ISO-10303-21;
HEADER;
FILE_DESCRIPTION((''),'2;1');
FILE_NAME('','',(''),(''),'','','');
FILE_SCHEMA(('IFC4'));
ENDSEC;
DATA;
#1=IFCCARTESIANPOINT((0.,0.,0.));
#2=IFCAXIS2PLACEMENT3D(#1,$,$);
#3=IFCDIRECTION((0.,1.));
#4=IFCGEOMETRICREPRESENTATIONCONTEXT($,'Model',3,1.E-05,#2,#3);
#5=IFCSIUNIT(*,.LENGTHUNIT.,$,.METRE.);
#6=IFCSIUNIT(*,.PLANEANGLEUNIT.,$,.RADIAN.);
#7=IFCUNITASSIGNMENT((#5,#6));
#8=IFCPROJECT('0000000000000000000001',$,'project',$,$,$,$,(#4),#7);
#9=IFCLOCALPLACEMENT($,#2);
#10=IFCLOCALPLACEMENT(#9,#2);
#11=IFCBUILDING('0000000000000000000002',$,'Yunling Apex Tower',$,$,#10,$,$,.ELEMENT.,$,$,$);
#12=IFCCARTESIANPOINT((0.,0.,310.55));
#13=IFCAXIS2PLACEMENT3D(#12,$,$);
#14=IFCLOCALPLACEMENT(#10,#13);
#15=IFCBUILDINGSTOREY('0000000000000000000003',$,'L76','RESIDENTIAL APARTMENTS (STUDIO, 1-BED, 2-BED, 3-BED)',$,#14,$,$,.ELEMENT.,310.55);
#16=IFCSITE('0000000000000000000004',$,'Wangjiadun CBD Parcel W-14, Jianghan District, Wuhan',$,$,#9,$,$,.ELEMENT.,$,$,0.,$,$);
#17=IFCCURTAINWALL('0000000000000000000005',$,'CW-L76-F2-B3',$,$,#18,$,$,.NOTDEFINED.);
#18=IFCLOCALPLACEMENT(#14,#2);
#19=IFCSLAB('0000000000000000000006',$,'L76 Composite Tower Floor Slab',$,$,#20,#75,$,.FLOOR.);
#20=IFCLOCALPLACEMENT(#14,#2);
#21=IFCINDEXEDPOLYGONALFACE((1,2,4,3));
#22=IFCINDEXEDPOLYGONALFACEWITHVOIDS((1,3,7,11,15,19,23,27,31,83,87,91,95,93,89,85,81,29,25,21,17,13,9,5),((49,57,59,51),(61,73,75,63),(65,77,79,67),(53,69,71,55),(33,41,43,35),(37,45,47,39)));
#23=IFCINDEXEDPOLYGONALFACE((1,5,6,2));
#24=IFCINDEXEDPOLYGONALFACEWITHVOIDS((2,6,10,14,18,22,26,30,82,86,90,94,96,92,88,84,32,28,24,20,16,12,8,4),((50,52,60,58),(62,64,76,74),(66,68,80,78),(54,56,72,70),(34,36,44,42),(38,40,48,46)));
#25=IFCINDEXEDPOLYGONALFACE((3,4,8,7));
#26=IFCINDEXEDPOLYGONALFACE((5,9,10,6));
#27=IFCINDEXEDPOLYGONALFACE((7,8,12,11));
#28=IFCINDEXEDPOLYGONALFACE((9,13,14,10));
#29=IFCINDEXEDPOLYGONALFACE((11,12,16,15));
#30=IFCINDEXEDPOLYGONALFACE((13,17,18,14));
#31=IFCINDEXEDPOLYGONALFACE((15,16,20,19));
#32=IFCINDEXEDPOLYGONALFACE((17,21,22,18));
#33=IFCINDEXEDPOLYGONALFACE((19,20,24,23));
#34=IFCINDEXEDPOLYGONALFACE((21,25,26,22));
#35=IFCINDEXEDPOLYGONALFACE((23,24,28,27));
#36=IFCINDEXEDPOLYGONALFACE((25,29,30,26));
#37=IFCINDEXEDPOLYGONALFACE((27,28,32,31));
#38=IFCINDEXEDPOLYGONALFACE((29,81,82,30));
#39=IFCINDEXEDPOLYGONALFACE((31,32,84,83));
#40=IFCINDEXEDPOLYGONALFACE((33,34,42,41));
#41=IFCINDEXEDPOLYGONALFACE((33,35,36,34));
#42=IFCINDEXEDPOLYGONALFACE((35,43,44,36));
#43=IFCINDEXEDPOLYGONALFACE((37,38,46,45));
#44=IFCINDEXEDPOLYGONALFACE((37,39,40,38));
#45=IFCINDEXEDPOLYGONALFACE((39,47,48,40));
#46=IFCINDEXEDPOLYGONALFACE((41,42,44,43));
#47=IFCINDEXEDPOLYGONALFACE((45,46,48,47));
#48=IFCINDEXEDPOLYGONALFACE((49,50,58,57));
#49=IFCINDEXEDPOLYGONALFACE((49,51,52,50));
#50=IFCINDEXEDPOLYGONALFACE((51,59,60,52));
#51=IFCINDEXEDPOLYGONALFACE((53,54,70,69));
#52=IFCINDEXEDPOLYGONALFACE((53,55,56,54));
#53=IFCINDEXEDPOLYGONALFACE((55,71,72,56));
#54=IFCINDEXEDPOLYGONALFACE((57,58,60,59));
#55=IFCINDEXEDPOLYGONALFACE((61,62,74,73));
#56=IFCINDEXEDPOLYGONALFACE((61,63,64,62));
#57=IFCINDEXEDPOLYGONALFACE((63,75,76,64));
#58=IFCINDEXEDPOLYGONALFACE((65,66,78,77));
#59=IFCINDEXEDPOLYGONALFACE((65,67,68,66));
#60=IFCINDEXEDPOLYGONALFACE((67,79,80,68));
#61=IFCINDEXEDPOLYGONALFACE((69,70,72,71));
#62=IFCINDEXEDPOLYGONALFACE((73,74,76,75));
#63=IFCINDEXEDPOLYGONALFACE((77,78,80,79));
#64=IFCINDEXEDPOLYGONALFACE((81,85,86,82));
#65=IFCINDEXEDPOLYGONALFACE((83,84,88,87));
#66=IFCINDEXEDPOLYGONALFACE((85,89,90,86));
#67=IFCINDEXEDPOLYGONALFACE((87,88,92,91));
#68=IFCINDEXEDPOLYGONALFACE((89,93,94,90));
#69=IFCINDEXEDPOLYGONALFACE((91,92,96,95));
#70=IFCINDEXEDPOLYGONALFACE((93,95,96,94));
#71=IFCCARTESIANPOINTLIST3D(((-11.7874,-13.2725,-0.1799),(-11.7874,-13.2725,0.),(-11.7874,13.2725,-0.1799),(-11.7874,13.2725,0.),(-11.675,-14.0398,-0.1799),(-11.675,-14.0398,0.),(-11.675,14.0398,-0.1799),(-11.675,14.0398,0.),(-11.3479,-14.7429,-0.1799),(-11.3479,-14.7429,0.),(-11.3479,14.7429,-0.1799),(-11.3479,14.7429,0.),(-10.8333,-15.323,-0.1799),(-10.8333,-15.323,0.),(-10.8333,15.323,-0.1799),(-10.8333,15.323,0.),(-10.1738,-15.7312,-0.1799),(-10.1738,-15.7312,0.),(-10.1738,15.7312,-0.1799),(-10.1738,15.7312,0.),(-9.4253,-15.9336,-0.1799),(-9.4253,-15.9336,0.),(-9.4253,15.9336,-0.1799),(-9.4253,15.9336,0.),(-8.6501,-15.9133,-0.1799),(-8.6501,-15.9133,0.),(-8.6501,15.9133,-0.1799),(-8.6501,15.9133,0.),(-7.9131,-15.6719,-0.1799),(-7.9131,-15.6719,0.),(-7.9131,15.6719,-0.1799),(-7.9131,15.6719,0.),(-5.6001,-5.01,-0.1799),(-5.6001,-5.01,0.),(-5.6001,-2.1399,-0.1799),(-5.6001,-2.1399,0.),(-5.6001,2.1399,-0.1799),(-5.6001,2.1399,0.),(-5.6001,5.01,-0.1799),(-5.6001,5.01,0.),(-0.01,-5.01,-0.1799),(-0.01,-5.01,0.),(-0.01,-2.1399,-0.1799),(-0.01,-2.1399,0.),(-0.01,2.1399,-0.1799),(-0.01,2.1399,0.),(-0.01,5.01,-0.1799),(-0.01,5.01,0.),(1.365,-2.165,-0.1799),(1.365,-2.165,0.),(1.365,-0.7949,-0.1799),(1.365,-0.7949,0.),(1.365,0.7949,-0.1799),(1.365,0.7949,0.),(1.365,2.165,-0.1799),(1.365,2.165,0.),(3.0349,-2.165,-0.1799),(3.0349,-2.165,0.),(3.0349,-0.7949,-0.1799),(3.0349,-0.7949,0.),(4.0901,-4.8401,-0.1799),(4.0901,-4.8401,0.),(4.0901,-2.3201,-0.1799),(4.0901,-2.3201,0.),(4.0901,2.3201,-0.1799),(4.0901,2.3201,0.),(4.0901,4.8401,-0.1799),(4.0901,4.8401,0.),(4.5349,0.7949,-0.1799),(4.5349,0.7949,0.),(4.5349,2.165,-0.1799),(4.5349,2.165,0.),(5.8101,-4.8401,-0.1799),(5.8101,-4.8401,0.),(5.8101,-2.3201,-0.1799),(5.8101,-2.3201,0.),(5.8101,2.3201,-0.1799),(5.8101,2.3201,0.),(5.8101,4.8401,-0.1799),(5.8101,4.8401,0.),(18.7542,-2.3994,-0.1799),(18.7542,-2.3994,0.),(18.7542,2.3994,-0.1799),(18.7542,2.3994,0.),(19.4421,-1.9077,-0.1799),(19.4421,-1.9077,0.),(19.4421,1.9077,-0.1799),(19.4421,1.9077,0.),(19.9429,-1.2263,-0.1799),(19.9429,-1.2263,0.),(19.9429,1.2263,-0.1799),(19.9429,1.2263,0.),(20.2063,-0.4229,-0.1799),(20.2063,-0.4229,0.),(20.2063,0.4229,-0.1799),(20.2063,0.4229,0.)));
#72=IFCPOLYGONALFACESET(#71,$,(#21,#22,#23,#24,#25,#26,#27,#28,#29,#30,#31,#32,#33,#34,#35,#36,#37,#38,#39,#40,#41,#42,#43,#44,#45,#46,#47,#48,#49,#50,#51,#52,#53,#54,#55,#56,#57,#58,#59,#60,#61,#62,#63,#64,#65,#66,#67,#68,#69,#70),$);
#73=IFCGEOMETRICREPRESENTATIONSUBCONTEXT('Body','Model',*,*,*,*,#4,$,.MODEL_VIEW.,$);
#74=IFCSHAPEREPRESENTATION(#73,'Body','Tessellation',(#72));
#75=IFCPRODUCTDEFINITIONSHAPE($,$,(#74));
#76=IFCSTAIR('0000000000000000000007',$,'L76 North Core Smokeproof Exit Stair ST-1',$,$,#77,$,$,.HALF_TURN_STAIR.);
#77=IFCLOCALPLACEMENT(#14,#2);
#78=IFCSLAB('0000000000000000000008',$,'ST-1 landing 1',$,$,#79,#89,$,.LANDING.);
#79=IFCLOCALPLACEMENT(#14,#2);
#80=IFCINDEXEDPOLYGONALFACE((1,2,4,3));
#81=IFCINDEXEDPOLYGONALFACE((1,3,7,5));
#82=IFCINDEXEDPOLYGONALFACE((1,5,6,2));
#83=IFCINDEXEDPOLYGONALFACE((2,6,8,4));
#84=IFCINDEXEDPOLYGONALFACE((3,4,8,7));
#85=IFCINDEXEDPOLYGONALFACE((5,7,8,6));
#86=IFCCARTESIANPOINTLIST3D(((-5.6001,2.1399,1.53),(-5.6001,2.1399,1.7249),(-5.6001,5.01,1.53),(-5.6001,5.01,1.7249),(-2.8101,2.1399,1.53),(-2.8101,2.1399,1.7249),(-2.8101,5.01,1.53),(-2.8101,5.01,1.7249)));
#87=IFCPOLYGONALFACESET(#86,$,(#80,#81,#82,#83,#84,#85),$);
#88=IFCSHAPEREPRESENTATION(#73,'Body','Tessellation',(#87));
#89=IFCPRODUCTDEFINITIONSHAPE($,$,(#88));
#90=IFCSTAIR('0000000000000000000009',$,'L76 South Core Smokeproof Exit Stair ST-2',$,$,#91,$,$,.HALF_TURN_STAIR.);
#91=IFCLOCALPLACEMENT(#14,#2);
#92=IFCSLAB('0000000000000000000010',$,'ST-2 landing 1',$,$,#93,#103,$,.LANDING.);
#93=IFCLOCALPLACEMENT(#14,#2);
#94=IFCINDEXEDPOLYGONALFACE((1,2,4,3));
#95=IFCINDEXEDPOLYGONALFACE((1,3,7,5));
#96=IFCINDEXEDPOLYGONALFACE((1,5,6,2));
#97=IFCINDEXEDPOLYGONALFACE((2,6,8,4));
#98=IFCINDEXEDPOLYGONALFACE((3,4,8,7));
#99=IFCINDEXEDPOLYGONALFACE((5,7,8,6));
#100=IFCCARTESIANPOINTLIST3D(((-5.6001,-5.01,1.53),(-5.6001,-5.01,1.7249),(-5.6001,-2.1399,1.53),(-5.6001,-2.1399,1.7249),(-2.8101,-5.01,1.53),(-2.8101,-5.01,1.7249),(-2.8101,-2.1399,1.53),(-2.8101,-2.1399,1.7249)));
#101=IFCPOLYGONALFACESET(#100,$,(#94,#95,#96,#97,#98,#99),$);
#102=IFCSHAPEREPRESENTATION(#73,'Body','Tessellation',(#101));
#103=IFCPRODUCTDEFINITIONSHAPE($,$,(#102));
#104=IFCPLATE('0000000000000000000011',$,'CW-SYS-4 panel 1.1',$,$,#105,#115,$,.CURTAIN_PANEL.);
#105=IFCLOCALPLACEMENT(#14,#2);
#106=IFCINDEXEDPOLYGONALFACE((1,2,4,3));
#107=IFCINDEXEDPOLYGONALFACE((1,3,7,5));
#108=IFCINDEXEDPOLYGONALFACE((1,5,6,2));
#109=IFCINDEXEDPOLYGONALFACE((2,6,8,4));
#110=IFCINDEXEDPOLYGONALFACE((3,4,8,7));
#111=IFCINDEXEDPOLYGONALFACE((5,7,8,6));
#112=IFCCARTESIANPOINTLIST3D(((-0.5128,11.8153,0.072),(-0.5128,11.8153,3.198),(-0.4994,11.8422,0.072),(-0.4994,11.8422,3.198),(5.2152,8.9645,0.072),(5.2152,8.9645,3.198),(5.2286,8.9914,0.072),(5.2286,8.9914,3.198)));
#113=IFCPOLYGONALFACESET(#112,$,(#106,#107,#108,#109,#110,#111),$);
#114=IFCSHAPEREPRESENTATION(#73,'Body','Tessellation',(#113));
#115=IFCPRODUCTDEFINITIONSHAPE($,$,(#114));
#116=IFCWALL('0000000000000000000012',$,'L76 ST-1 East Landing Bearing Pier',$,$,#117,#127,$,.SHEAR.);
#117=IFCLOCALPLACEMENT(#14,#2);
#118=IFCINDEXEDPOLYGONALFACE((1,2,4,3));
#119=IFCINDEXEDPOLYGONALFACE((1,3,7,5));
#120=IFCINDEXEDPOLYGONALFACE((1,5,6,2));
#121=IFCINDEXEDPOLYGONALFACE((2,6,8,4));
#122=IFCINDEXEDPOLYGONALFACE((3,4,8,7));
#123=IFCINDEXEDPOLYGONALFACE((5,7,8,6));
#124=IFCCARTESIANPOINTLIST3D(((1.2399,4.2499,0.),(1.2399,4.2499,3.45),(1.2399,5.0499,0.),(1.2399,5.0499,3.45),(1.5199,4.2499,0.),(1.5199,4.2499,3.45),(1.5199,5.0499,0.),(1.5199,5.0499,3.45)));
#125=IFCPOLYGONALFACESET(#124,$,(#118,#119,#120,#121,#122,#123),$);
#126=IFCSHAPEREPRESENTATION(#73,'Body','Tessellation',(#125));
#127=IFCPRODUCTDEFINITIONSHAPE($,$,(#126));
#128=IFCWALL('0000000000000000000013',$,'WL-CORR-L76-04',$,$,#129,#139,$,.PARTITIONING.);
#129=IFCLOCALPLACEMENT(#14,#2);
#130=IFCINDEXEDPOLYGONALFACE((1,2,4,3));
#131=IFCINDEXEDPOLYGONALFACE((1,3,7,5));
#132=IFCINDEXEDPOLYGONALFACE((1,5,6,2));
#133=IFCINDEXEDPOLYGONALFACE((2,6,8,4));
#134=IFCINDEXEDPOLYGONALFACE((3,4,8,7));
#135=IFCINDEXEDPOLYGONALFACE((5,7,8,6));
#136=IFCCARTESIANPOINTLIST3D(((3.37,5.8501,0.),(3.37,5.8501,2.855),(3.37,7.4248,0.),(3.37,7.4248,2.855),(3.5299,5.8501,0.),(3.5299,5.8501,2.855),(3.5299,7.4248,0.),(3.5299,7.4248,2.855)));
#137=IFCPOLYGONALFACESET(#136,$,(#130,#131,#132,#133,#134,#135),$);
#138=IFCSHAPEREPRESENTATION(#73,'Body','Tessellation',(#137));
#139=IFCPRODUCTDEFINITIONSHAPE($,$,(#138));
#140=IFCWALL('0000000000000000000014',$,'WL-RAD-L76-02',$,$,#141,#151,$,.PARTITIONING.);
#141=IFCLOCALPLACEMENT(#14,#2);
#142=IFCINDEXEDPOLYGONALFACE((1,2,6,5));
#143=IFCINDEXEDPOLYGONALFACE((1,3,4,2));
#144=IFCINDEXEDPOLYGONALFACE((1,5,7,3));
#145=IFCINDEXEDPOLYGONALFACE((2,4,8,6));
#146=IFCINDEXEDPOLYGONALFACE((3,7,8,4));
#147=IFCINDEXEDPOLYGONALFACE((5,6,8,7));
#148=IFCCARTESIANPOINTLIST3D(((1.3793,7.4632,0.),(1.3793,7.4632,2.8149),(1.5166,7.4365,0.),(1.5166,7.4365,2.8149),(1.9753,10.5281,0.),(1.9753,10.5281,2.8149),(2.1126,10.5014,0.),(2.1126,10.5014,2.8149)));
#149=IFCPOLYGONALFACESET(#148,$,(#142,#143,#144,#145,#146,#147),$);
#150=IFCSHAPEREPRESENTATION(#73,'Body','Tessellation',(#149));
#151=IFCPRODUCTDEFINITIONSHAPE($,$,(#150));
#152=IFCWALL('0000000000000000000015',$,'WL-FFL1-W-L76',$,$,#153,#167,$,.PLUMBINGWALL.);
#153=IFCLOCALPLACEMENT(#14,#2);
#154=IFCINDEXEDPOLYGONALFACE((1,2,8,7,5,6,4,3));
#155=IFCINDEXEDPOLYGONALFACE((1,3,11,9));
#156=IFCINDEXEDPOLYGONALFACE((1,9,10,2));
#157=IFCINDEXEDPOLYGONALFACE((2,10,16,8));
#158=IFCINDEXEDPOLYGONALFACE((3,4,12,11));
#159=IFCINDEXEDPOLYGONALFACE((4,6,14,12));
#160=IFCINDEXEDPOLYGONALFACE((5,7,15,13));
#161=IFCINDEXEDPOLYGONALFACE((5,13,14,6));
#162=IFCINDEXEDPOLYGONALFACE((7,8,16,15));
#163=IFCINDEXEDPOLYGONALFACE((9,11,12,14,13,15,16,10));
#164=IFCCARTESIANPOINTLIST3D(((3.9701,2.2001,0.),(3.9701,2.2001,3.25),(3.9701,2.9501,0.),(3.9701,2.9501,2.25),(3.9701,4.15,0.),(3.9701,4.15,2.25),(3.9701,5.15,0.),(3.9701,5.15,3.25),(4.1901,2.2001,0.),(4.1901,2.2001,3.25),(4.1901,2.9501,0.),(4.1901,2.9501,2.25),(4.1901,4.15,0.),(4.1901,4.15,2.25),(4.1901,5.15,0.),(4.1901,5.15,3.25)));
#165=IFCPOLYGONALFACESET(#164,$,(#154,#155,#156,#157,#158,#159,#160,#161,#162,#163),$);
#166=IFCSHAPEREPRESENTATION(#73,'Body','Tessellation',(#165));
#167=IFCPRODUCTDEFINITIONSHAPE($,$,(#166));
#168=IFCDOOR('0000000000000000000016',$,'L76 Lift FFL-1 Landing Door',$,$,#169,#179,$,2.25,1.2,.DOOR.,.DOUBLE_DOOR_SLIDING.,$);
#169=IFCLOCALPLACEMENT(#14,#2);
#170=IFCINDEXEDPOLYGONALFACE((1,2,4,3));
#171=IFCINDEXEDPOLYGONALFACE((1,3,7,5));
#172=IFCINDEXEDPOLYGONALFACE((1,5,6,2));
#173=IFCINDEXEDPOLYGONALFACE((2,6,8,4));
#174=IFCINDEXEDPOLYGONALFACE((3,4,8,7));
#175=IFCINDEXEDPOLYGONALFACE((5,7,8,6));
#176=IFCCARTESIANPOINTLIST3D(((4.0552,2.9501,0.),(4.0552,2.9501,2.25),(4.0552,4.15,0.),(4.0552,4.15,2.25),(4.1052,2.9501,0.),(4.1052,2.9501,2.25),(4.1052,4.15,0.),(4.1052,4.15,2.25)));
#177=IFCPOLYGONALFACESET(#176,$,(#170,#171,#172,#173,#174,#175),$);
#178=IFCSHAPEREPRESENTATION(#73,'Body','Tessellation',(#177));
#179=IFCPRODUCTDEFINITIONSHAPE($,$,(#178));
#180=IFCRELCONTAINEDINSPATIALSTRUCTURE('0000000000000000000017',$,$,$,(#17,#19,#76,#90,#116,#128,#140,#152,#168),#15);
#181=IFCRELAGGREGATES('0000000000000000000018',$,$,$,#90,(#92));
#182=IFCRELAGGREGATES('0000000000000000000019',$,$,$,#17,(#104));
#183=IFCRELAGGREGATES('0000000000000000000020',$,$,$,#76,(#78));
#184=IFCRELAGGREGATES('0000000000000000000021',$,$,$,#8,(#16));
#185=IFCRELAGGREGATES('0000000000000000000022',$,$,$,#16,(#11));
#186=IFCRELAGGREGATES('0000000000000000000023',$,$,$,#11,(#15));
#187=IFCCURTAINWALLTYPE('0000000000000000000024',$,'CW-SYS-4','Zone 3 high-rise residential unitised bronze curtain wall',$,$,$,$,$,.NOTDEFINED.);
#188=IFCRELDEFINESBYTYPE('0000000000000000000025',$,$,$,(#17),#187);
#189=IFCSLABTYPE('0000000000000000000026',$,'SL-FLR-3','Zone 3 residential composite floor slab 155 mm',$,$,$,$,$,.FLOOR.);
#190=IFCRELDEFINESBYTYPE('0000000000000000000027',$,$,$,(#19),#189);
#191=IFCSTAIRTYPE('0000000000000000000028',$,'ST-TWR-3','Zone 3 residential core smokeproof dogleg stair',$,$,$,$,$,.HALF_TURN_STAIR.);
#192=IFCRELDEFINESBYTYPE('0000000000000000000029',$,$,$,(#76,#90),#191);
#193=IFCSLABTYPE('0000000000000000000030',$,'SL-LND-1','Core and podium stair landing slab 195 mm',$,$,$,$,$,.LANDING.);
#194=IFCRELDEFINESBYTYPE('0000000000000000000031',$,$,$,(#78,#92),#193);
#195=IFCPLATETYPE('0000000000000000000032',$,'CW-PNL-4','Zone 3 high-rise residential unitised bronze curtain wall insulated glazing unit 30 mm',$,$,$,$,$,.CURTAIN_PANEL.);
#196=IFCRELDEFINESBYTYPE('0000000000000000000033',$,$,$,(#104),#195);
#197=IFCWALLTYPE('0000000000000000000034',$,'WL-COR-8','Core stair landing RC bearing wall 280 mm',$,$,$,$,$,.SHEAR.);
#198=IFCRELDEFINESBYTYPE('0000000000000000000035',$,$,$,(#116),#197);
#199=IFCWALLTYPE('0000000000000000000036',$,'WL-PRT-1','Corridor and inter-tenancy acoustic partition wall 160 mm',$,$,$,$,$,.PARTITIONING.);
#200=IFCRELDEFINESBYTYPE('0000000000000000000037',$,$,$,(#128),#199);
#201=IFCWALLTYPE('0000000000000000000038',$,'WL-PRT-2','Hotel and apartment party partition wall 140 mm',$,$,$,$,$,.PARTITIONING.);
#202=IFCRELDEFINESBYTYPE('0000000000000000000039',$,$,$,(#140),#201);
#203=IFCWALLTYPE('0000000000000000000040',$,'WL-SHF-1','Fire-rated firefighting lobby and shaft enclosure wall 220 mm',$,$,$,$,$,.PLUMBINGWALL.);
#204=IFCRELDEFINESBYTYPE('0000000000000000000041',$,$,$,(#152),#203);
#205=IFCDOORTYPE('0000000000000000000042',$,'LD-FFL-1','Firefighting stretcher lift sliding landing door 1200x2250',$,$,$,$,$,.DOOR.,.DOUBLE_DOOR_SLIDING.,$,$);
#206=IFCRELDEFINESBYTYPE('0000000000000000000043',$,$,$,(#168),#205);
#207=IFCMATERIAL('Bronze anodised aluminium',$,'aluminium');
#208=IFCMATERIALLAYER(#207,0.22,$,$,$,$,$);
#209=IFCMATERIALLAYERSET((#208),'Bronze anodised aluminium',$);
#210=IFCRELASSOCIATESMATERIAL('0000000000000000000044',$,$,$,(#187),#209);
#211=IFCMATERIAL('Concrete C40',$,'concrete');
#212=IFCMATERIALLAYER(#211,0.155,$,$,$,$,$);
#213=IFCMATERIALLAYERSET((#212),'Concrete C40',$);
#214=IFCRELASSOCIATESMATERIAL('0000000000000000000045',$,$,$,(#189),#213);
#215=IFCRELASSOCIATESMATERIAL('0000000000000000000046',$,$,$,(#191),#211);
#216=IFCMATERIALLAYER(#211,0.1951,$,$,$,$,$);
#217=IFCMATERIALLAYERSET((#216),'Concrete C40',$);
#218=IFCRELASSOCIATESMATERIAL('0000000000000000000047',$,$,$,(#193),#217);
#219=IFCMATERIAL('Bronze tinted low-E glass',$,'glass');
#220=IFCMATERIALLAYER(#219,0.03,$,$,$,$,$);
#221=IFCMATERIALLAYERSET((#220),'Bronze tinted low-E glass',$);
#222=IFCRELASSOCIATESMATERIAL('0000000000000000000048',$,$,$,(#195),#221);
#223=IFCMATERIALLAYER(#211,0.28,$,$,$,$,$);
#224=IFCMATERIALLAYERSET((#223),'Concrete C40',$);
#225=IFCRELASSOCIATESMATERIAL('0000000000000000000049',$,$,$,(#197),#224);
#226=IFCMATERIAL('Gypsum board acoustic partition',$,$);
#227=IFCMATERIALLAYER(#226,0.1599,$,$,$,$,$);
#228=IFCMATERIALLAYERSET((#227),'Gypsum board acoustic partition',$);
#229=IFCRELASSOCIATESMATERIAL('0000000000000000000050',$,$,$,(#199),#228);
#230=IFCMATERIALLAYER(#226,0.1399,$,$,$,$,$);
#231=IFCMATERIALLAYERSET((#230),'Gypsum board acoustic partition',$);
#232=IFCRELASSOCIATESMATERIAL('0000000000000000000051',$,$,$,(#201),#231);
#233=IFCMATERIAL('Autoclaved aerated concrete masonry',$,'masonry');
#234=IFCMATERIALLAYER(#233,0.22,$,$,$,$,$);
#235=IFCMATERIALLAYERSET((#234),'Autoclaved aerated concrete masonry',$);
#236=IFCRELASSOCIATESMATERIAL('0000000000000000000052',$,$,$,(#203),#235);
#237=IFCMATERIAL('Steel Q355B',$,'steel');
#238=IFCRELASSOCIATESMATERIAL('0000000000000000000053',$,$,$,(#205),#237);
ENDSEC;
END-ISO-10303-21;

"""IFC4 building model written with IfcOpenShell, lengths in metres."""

from ifc_helpers import new_model, si_unit, direction, frame, frame_2d, origin, origin_2d, place, context, subcontext, project, spatial, polyline, rectangle, outline, extrude, source, transform, mapped, material, layer, layer_set, type_object, element, fill, aggregate, save


model = new_model("IFC4")

# Units and contexts
model_context = context("Model", 3, precision=1e-05, world=origin(), true_north=direction((0.0, 1.0)))
body_context = subcontext(model_context, "Body", "Model", "MODEL_VIEW")
ifc_project = project(units=[si_unit("LENGTHUNIT", "METRE"), si_unit("PLANEANGLEUNIT", "RADIAN")], contexts=[model_context])

# Site, building, storey
site_placement = place(None, origin())
site = spatial("IfcSite", under=ifc_project, at=site_placement, Name="Wangjiadun CBD Parcel W-14, Jianghan District, Wuhan", CompositionType="ELEMENT", RefElevation=0.0)
building_placement = place(site_placement, origin())
building = spatial("IfcBuilding", under=site, at=building_placement, Name="Yunling Apex Tower", CompositionType="ELEMENT")
storey_placement = place(building_placement, frame((0.0, 0.0, 310.55)))
storey = spatial("IfcBuildingStorey", under=building, at=storey_placement, Name="L76", Description="RESIDENTIAL APARTMENTS (STUDIO, 1-BED, 2-BED, 3-BED)", CompositionType="ELEMENT", Elevation=310.55)

# Shared definitions
ifc_material_1 = material(Name="Steel Q355B", Category="steel")

# Shared definitions
ifc_material_2 = material(Name="Bronze anodised aluminium", Category="aluminium")
ifc_layer_1 = layer(ifc_material_2, 0.22)
ifc_layer_set_1 = layer_set([ifc_layer_1], Name="Bronze anodised aluminium")
curtain_wall_type = type_object("IfcCurtainWallType", Name="CW-SYS-4", Description="Zone 3 high-rise residential unitised bronze curtain wall", PredefinedType="NOTDEFINED", material=ifc_layer_set_1)

# Curtain wall
curtain_wall_1_placement = place(storey_placement, origin())
curtain_wall_1 = element("IfcCurtainWall", 1, at=curtain_wall_1_placement, inside=storey, type_object=curtain_wall_type, Name="CW-L76-F2-B3", PredefinedType="NOTDEFINED")

# Slab
ifc_material_3 = material(Name="Concrete C40", Category="concrete")
ifc_layer_2 = layer(ifc_material_3, 0.155)
ifc_layer_set_2 = layer_set([ifc_layer_2], Name="Concrete C40")
slab_type_1 = type_object("IfcSlabType", Name="SL-FLR-3", Description="Zone 3 residential composite floor slab 155 mm", PredefinedType="FLOOR", material=ifc_layer_set_2)
slab_1_placement = place(storey_placement, frame((0.0, 0.0, -0.1799)))
element("IfcSlab", 2, at=slab_1_placement, inside=storey, type_object=slab_type_1, Name="L76 Composite Tower Floor Slab", PredefinedType="FLOOR", context=body_context, shape_type="SweptSolid", body=[
    extrude(outline(polyline([(-11.7874, -13.2725), (-11.675, -14.0398), (-11.3479, -14.7429), (-10.8333, -15.323), (-10.1738, -15.7312), (-9.4253, -15.9336), (-8.6501, -15.9133), (-7.9131, -15.6719), (18.7542, -2.3994), (19.4421, -1.9077), (19.9429, -1.2263), (20.2063, -0.4229), (20.2063, 0.4229), (19.9429, 1.2263), (19.4421, 1.9077), (18.7542, 2.3994), (-7.9131, 15.6719), (-8.6501, 15.9133), (-9.4253, 15.9336), (-10.1738, 15.7312), (-10.8333, 15.323), (-11.3479, 14.7429), (-11.675, 14.0398), (-11.7874, 13.2725), (-11.7874, -13.2725)]), holes=[polyline([(4.0901, 4.8401), (5.8101, 4.8401), (5.8101, 2.3201), (4.0901, 2.3201), (4.0901, 4.8401)]), polyline([(4.0901, -4.8401), (4.0901, -2.3201), (5.8101, -2.3201), (5.8101, -4.8401), (4.0901, -4.8401)]), polyline([(4.5349, 0.7949), (1.365, 0.7949), (1.365, 2.165), (4.5349, 2.165), (4.5349, 0.7949)]), polyline([(1.365, -0.7949), (3.0349, -0.7949), (3.0349, -2.165), (1.365, -2.165), (1.365, -0.7949)]), polyline([(-0.01, -5.01), (-5.6001, -5.01), (-5.6001, -2.1399), (-0.01, -2.1399), (-0.01, -5.01)]), polyline([(-0.01, 2.1399), (-5.6001, 2.1399), (-5.6001, 5.01), (-0.01, 5.01), (-0.01, 2.1399)])]), origin(), (0.0, 0.0, 1.0), 0.1799),
])

# Stairs, slabs
stair_type = type_object("IfcStairType", Name="ST-TWR-3", Description="Zone 3 residential core smokeproof dogleg stair", PredefinedType="HALF_TURN_STAIR", material=ifc_material_3)
stair_1_placement = place(storey_placement, origin())
stair_1 = element("IfcStair", 3, at=stair_1_placement, inside=storey, type_object=stair_type, Name="L76 North Core Smokeproof Exit Stair ST-1", PredefinedType="HALF_TURN_STAIR")
ifc_layer_3 = layer(ifc_material_3, 0.1951)
ifc_layer_set_3 = layer_set([ifc_layer_3], Name="Concrete C40")
slab_type_2 = type_object("IfcSlabType", Name="SL-LND-1", Description="Core and podium stair landing slab 195 mm", PredefinedType="LANDING", material=ifc_layer_set_3)
slab_2_placement = place(storey_placement, frame((0.0, 0.0, 1.53)))
slab_2 = element("IfcSlab", 4, at=slab_2_placement, type_object=slab_type_2, Name="ST-1 landing 1", PredefinedType="LANDING", context=body_context, shape_type="SweptSolid", body=[
    extrude(outline(polyline([(-2.8101, 5.01), (-5.6001, 5.01), (-5.6001, 2.1399), (-2.8101, 2.1399), (-2.8101, 5.01)])), origin(), (0.0, 0.0, 1.0), 0.1948),
])
stair_2_placement = place(storey_placement, origin())
stair_2 = element("IfcStair", 5, at=stair_2_placement, inside=storey, type_object=stair_type, Name="L76 South Core Smokeproof Exit Stair ST-2", PredefinedType="HALF_TURN_STAIR")
slab_3_placement = place(storey_placement, frame((0.0, 0.0, 1.53)))
slab_3 = element("IfcSlab", 6, at=slab_3_placement, type_object=slab_type_2, Name="ST-2 landing 1", PredefinedType="LANDING", context=body_context, shape_type="SweptSolid", body=[
    extrude(outline(polyline([(-2.8101, -2.1399), (-5.6001, -2.1399), (-5.6001, -5.01), (-2.8101, -5.01), (-2.8101, -2.1399)])), origin(), (0.0, 0.0, 1.0), 0.1948),
])
aggregate(stair_2, [slab_3])

# Plate
ifc_material_4 = material(Name="Bronze tinted low-E glass", Category="glass")
ifc_layer_4 = layer(ifc_material_4, 0.03)
ifc_layer_set_4 = layer_set([ifc_layer_4], Name="Bronze tinted low-E glass")
plate_type = type_object("IfcPlateType", Name="CW-PNL-4", Description="Zone 3 high-rise residential unitised bronze curtain wall insulated glazing unit 30 mm", PredefinedType="CURTAIN_PANEL", material=ifc_layer_set_4)
shared_shape_1 = source(origin(), body_context, "Body", "SweptSolid", [
    extrude(rectangle(XDim=6.3982, YDim=0.03, at=origin_2d()), origin(), (0.0, 0.0, 1.0), 3.126),
])
plate_placement = place(storey_placement, frame((2.3579, 10.4033, 0.072), z_axis=(0.0, 0.0, 1.0), x_axis=(-0.895251, 0.445562, 0.0)))
plate = element("IfcPlate", 7, at=plate_placement, type_object=plate_type, Name="CW-SYS-4 panel 1.1", PredefinedType="CURTAIN_PANEL", context=body_context, shape_type="MappedRepresentation", body=[
    mapped(shared_shape_1, transform((0.0, 0.0, 0.0), scale=1.0)),
])
aggregate(curtain_wall_1, [plate])

# Walls
ifc_layer_5 = layer(ifc_material_3, 0.28)
ifc_layer_set_5 = layer_set([ifc_layer_5], Name="Concrete C40")
wall_type_1 = type_object("IfcWallType", Name="WL-COR-8", Description="Core stair landing RC bearing wall 280 mm", PredefinedType="SHEAR", material=ifc_layer_set_5)
wall_1_placement = place(storey_placement, frame((1.3799, 4.25, 0.0), z_axis=(0.0, 0.0, 1.0), x_axis=(0.0, 1.0, 0.0)))
element("IfcWall", 8, at=wall_1_placement, inside=storey, type_object=wall_type_1, Name="L76 ST-1 East Landing Bearing Pier", PredefinedType="SHEAR", context=body_context, shape_type="SweptSolid", body=[
    extrude(rectangle(XDim=0.8, YDim=0.28, at=frame_2d((0.3999, 0.0))), origin(), (0.0, 0.0, 1.0), 3.45),
])
ifc_material_5 = material(Name="Gypsum board acoustic partition")
ifc_layer_6 = layer(ifc_material_5, 0.1599)
ifc_layer_set_6 = layer_set([ifc_layer_6], Name="Gypsum board acoustic partition")
wall_type_2 = type_object("IfcWallType", Name="WL-PRT-1", Description="Corridor and inter-tenancy acoustic partition wall 160 mm", PredefinedType="PARTITIONING", material=ifc_layer_set_6)
wall_2_placement = place(storey_placement, frame((3.45, 7.4248, 0.0), z_axis=(0.0, 0.0, 1.0), x_axis=(0.0, -1.0, 0.0)))
element("IfcWall", 9, at=wall_2_placement, inside=storey, type_object=wall_type_2, Name="WL-CORR-L76-04", PredefinedType="PARTITIONING", context=body_context, shape_type="SweptSolid", body=[
    extrude(rectangle(XDim=1.5747, YDim=0.1599, at=frame_2d((0.7874, 0.0))), origin(), (0.0, 0.0, 1.0), 2.855),
])
ifc_layer_7 = layer(ifc_material_5, 0.1399)
ifc_layer_set_7 = layer_set([ifc_layer_7], Name="Gypsum board acoustic partition")
wall_type_3 = type_object("IfcWallType", Name="WL-PRT-2", Description="Hotel and apartment party partition wall 140 mm", PredefinedType="PARTITIONING", material=ifc_layer_set_7)
wall_3_placement = place(storey_placement, frame((1.448, 7.45, 0.0), z_axis=(0.0, 0.0, 1.0), x_axis=(0.190865, 0.981616, 0.0)))
element("IfcWall", 10, at=wall_3_placement, inside=storey, type_object=wall_type_3, Name="WL-RAD-L76-02", PredefinedType="PARTITIONING", context=body_context, shape_type="SweptSolid", body=[
    extrude(rectangle(XDim=3.1223, YDim=0.1399, at=frame_2d((1.561, 0.0))), origin(), (0.0, 0.0, 1.0), 2.8149),
])

# Wall, opening, door
ifc_material_6 = material(Name="Autoclaved aerated concrete masonry", Category="masonry")
ifc_layer_8 = layer(ifc_material_6, 0.22)
ifc_layer_set_8 = layer_set([ifc_layer_8], Name="Autoclaved aerated concrete masonry")
wall_type_4 = type_object("IfcWallType", Name="WL-SHF-1", Description="Fire-rated firefighting lobby and shaft enclosure wall 220 mm", PredefinedType="PLUMBINGWALL", material=ifc_layer_set_8)
wall_4_placement = place(storey_placement, frame((4.0801, 2.2, 0.0), z_axis=(0.0, 0.0, 1.0), x_axis=(0.0, 1.0, 0.0)))
wall_4 = element("IfcWall", 11, at=wall_4_placement, inside=storey, type_object=wall_type_4, Name="WL-FFL1-W-L76", PredefinedType="PLUMBINGWALL", context=body_context, shape_type="SweptSolid", body=[
    extrude(rectangle(XDim=2.95, YDim=0.22, at=frame_2d((1.4751, 0.0))), origin(), (0.0, 0.0, 1.0), 3.25),
])
opening_1_placement = place(wall_4_placement, frame((0.75, 0.0, 0.0)))
opening_1 = element("IfcOpeningElement", 12, at=opening_1_placement, cuts=wall_4, PredefinedType="OPENING", context=body_context, shape_type="SweptSolid", body=[
    extrude(rectangle(XDim=1.2, YDim=2.25, at=frame_2d((0.6001, 1.125))), frame((0.0, 0.1201, 0.0), z_axis=(0.0, -1.0, 0.0), x_axis=(1.0, 0.0, 0.0)), (0.0, 0.0, 1.0), 0.24),
])
door_type_1 = type_object("IfcDoorType", Name="LD-FFL-1", Description="Firefighting stretcher lift sliding landing door 1200x2250", OperationType="DOUBLE_DOOR_SLIDING", PredefinedType="DOOR", material=ifc_material_1)
door_1_placement = place(opening_1_placement, origin())
door_1 = element("IfcDoor", 13, at=door_1_placement, inside=storey, type_object=door_type_1, Name="L76 Lift FFL-1 Landing Door", OperationType="DOUBLE_DOOR_SLIDING", OverallHeight=2.25, OverallWidth=1.2, PredefinedType="DOOR", context=body_context, shape_type="SweptSolid", body=[
    extrude(rectangle(XDim=1.2, YDim=2.25, at=frame_2d((0.6001, 1.125))), frame((0.0, 0.0249, 0.0), z_axis=(0.0, -1.0, 0.0), x_axis=(1.0, 0.0, 0.0)), (0.0, 0.0, 1.0), 0.05),
])
fill(opening_1, door_1)

aggregate(stair_1, [slab_2])

save(model, "model.ifc")
